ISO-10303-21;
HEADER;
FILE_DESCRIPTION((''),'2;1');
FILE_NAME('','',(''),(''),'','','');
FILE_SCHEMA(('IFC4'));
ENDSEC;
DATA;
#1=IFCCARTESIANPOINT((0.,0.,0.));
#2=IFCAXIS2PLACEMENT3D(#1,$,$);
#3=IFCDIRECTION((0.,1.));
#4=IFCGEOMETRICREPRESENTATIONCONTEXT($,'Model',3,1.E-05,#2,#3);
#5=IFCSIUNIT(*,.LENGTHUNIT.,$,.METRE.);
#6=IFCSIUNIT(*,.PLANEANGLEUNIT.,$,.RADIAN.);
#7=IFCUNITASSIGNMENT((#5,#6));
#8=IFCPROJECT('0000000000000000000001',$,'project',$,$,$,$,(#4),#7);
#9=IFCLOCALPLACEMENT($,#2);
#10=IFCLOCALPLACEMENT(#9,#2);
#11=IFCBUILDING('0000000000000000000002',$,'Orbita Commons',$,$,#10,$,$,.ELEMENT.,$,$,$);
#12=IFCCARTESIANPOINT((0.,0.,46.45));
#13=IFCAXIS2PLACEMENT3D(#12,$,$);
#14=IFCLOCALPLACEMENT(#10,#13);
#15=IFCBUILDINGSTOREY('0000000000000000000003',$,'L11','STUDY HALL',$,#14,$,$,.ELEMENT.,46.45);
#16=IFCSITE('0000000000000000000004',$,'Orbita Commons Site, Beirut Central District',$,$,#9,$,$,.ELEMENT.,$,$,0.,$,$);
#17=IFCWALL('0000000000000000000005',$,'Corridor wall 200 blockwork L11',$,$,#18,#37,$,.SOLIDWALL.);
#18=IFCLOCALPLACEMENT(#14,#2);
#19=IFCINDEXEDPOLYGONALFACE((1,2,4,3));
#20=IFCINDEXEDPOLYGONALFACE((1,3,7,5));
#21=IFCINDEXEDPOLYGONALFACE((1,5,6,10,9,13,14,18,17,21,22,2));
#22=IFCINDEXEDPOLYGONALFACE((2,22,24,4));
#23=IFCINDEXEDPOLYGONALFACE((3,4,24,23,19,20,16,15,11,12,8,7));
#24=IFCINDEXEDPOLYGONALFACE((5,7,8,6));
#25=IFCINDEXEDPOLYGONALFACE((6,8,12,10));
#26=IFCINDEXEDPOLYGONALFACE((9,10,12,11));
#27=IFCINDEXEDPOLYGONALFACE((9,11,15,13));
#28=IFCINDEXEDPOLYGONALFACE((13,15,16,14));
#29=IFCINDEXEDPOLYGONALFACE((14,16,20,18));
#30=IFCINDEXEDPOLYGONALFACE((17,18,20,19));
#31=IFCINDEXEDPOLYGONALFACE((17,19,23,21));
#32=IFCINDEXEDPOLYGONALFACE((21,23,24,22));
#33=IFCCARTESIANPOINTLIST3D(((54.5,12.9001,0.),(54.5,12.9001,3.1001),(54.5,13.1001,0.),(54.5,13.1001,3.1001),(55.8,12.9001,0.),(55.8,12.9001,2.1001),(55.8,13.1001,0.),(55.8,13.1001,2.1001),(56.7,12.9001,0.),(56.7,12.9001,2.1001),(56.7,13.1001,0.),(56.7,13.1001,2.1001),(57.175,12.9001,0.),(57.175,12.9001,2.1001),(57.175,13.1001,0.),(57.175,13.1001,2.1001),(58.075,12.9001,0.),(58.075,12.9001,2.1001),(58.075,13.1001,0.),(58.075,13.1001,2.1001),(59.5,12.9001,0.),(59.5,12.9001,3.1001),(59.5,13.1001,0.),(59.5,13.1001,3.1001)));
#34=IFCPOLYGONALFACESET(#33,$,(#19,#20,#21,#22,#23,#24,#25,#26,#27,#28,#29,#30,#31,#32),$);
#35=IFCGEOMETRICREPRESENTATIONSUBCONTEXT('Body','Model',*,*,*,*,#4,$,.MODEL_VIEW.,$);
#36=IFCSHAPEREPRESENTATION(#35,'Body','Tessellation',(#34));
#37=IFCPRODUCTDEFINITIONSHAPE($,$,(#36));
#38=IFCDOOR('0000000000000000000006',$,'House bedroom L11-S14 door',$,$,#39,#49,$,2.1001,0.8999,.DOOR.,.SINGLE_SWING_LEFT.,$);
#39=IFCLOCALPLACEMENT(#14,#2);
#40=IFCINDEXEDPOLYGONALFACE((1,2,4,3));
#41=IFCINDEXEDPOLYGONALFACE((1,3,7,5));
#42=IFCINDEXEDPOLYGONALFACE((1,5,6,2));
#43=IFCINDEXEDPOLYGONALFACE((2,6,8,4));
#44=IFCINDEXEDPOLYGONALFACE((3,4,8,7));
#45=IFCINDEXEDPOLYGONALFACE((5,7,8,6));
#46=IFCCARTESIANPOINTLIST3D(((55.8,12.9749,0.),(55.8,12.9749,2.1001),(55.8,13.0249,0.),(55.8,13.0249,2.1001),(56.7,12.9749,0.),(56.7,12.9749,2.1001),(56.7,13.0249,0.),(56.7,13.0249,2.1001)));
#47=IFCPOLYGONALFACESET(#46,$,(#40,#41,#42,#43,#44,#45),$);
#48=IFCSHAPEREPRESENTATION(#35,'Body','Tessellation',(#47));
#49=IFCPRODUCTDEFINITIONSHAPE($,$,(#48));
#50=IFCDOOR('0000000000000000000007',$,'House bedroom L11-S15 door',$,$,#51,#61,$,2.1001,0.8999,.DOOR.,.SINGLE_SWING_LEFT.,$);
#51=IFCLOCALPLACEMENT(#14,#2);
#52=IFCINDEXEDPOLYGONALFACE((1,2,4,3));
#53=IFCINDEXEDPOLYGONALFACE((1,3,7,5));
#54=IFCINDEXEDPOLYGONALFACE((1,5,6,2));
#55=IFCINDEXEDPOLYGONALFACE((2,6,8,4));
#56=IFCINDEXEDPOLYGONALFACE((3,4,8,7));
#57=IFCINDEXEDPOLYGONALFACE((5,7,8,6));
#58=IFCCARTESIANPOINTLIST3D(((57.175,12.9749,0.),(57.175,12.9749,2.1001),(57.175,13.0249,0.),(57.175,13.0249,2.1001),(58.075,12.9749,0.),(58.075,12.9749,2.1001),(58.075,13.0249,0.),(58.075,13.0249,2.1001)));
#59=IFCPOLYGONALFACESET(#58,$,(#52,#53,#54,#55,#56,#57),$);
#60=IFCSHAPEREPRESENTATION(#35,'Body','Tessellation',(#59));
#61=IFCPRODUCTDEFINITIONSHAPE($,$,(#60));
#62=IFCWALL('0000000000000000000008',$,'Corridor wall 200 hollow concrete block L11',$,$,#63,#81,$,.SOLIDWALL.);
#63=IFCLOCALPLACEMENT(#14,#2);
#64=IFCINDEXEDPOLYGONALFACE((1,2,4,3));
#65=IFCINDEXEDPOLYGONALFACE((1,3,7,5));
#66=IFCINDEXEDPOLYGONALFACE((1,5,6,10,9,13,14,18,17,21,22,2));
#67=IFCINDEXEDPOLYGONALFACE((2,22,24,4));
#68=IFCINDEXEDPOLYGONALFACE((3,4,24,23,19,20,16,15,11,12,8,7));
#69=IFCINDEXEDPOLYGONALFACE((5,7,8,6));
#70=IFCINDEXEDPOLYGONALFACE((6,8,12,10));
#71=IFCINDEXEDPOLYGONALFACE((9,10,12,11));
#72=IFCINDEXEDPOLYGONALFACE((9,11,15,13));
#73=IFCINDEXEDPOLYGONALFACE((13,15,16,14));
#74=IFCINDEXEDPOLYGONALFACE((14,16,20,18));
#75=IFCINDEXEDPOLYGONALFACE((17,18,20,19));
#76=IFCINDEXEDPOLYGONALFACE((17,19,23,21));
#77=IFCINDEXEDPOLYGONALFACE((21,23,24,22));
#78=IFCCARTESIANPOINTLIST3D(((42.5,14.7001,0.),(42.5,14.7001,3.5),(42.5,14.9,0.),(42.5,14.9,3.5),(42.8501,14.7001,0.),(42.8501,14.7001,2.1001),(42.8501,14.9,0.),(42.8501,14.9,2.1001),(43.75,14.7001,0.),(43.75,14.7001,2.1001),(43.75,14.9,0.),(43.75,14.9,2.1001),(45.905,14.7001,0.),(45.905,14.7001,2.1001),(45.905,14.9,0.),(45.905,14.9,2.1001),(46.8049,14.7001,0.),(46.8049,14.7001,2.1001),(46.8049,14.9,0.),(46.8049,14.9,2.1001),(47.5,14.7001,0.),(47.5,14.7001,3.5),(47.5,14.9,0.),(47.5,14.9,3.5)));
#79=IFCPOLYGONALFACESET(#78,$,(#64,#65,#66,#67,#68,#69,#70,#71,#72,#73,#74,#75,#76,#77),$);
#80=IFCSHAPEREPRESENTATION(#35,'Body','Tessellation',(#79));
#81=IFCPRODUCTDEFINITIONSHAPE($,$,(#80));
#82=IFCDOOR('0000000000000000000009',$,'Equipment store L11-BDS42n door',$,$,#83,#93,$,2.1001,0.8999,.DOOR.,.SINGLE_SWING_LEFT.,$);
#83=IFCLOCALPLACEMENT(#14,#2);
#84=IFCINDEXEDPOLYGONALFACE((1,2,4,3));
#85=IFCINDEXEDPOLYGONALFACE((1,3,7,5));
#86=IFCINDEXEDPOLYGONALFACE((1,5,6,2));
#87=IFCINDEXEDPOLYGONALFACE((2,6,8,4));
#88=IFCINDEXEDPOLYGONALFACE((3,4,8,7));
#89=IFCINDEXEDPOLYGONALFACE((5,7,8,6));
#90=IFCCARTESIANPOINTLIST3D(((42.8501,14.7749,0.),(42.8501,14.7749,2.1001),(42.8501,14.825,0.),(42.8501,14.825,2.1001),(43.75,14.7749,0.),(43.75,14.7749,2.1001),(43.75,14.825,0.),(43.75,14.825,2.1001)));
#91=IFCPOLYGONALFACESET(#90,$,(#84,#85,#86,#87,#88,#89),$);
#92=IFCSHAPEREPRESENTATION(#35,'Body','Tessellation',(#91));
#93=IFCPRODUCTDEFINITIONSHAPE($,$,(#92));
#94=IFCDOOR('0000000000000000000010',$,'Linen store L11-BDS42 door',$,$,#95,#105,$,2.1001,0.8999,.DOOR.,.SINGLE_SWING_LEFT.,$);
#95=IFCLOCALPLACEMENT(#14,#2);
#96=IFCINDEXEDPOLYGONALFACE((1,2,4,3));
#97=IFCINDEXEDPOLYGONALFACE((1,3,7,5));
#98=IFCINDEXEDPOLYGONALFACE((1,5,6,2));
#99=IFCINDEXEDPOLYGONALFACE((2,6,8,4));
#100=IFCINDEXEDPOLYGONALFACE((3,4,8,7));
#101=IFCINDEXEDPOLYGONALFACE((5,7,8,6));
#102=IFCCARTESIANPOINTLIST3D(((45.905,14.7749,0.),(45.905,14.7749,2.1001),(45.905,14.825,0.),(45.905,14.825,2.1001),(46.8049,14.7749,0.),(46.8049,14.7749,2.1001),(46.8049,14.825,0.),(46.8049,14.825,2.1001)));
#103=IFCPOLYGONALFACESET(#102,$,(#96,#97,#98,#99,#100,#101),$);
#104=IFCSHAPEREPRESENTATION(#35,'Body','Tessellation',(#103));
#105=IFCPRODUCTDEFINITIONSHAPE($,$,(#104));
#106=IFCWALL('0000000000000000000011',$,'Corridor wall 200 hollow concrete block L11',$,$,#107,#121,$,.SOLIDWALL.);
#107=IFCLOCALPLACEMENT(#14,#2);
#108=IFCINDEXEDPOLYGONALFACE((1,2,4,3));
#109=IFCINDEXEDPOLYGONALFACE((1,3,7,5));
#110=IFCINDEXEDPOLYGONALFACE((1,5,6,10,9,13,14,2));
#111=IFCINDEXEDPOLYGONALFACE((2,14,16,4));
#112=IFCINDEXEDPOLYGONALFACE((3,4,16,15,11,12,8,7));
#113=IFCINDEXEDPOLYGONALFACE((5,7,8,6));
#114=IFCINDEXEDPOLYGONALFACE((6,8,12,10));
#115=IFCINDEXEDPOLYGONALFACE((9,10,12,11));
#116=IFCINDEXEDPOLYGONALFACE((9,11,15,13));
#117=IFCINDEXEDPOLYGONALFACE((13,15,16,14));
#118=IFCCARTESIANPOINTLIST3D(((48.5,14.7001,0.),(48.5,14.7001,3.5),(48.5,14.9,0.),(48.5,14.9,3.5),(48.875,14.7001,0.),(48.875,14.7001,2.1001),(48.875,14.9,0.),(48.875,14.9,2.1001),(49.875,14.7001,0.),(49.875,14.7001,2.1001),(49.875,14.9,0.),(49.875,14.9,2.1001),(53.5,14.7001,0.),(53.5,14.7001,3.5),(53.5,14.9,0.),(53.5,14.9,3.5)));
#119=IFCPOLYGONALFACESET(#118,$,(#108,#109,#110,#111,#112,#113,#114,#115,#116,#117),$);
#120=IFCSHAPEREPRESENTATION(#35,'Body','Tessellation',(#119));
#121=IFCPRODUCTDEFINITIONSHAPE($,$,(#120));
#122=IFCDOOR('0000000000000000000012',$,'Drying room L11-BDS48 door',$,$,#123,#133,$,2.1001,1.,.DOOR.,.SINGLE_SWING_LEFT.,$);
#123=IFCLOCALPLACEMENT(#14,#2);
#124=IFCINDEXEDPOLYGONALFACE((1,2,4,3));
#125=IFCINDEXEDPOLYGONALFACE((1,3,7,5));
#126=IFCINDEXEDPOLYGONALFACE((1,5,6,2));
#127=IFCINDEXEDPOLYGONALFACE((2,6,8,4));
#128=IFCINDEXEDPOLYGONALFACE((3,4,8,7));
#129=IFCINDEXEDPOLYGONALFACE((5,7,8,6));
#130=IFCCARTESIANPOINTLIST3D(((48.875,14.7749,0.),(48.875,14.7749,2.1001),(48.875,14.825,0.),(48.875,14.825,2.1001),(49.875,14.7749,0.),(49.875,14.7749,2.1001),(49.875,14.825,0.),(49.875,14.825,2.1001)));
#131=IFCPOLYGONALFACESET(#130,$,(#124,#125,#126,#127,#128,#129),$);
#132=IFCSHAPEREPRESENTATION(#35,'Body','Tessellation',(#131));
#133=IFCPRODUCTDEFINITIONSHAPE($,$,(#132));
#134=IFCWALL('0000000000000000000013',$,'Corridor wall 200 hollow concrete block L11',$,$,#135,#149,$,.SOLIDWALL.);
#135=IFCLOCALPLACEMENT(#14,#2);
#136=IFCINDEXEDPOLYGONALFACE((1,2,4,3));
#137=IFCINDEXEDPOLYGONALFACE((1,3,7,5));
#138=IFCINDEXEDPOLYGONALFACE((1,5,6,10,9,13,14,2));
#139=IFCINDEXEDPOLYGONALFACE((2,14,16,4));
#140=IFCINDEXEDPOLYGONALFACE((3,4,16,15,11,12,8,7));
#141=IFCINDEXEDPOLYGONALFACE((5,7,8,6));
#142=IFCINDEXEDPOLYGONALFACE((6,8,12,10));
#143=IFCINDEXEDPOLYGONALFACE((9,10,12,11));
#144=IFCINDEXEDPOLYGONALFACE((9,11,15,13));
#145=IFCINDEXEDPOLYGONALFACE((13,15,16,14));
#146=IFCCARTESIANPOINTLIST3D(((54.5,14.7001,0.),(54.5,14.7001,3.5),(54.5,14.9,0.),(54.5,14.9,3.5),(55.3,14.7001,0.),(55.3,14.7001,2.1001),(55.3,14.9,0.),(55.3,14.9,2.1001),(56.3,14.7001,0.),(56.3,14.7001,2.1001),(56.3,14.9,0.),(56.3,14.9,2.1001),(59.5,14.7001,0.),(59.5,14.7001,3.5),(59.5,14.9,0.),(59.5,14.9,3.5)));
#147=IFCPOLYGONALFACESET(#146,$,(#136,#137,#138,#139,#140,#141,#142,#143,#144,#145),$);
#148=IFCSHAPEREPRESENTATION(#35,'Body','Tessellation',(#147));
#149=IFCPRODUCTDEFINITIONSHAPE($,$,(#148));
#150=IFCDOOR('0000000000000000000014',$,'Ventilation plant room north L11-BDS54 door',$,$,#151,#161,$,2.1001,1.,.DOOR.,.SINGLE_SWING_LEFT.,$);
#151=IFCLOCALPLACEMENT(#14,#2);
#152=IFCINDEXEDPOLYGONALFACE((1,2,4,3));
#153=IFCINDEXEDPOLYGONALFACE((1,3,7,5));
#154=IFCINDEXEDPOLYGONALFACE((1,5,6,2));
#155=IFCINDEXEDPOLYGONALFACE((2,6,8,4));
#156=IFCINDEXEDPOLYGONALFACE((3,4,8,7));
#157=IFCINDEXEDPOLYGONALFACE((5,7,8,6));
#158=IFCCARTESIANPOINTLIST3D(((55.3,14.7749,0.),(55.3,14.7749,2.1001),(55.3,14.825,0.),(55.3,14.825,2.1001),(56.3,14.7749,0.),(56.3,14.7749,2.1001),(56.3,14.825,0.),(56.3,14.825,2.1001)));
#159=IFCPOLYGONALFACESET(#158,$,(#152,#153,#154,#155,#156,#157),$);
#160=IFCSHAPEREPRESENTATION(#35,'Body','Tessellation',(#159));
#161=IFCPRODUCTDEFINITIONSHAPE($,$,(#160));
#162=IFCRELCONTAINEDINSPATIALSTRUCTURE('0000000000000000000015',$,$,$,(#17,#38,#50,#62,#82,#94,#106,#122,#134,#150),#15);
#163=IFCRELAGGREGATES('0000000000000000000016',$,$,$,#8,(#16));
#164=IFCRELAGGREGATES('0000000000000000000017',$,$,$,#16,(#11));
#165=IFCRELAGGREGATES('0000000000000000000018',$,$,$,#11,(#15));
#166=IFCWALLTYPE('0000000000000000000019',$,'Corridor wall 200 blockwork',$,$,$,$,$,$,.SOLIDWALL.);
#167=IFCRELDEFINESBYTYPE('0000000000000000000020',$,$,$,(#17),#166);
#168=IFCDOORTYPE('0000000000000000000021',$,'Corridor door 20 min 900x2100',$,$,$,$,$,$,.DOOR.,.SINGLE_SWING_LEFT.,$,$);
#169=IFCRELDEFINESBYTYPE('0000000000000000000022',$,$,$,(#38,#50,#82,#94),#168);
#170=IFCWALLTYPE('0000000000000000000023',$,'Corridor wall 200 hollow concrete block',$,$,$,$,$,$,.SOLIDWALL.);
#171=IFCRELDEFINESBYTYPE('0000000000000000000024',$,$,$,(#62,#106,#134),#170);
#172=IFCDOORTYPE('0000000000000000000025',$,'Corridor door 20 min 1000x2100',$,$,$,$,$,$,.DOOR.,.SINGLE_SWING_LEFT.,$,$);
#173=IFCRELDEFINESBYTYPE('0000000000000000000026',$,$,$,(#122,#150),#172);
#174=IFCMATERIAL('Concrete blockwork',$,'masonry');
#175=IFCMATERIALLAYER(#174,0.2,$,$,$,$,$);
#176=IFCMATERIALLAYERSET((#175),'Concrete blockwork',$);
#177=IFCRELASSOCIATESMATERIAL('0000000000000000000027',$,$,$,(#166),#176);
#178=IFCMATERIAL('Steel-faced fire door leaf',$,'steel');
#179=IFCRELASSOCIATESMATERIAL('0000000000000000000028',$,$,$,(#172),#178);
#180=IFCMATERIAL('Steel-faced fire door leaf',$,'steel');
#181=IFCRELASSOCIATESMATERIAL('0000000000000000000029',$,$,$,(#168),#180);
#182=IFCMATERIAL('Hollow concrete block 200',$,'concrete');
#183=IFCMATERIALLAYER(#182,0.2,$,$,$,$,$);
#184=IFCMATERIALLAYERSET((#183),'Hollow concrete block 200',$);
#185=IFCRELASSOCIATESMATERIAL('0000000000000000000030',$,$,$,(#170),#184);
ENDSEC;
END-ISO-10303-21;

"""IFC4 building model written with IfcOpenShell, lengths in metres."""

from ifc_helpers import new_model, si_unit, direction, frame, frame_2d, origin, place, context, subcontext, project, spatial, polyline, rectangle, outline, extrude, material, layer, layer_set, type_object, element, fill, save


model = new_model("IFC4")

# Units and contexts
model_context = context("Model", 3, precision=1e-05, world=origin(), true_north=direction((0.0, 1.0)))
body_context = subcontext(model_context, "Body", "Model", "MODEL_VIEW")
ifc_project = project(units=[si_unit("LENGTHUNIT", "METRE"), si_unit("PLANEANGLEUNIT", "RADIAN")], contexts=[model_context])

# Site, building, storey
site_placement = place(None, origin())
site = spatial("IfcSite", under=ifc_project, at=site_placement, Name="Orbita Commons Site, Beirut Central District", CompositionType="ELEMENT", RefElevation=0.0)
building_placement = place(site_placement, origin())
building = spatial("IfcBuilding", under=site, at=building_placement, Name="Orbita Commons", CompositionType="ELEMENT")
storey_placement = place(building_placement, frame((0.0, 0.0, 46.45)))
storey = spatial("IfcBuildingStorey", under=building, at=storey_placement, Name="L11", Description="STUDY HALL", CompositionType="ELEMENT", Elevation=46.45)

# Shared definitions
ifc_material_1 = material(Name="Concrete blockwork", Category="masonry")
ifc_layer_1 = layer(ifc_material_1, 0.2)
ifc_layer_set_1 = layer_set([ifc_layer_1], Name="Concrete blockwork")
wall_type_1 = type_object("IfcWallType", Name="Corridor wall 200 blockwork", PredefinedType="SOLIDWALL", material=ifc_layer_set_1)
ifc_material_2 = material(Name="Steel-faced fire door leaf", Category="steel")
door_type_1 = type_object("IfcDoorType", Name="Corridor door 20 min 1000x2100", OperationType="SINGLE_SWING_LEFT", PredefinedType="DOOR", material=ifc_material_2)

# Walls, openings, doors
wall_1_placement = place(storey_placement, frame((54.5, 13.0, 0.0), z_axis=(0.0, 0.0, 1.0), x_axis=(1.0, 0.0, 0.0)))
wall_1 = element("IfcWall", 1, at=wall_1_placement, inside=storey, type_object=wall_type_1, Name="Corridor wall 200 blockwork L11", PredefinedType="SOLIDWALL", context=body_context, shape_type="SweptSolid", body=[
    extrude(outline(polyline([(0.0, 0.0), (5.0, 0.0), (5.0, 3.1001), (0.0, 3.1001), (0.0, 0.0)])), frame((0.0, 0.1001, 0.0), z_axis=(0.0, -1.0, 0.0), x_axis=(1.0, 0.0, 0.0)), (0.0, 0.0, 1.0), 0.2),
])
opening_1_placement = place(wall_1_placement, frame((1.3, 0.0, 0.0)))
opening_1 = element("IfcOpeningElement", 2, at=opening_1_placement, cuts=wall_1, PredefinedType="OPENING", context=body_context, shape_type="SweptSolid", body=[
    extrude(rectangle(XDim=0.8999, YDim=2.1001, at=frame_2d((0.45, 1.05))), frame((0.0, 0.1099, 0.0), z_axis=(0.0, -1.0, 0.0), x_axis=(1.0, 0.0, 0.0)), (0.0, 0.0, 1.0), 0.22),
])
opening_2_placement = place(wall_1_placement, frame((2.675, 0.0, 0.0)))
opening_2 = element("IfcOpeningElement", 3, at=opening_2_placement, cuts=wall_1, PredefinedType="OPENING", context=body_context, shape_type="SweptSolid", body=[
    extrude(rectangle(XDim=0.8999, YDim=2.1001, at=frame_2d((0.45, 1.05))), frame((0.0, 0.1099, 0.0), z_axis=(0.0, -1.0, 0.0), x_axis=(1.0, 0.0, 0.0)), (0.0, 0.0, 1.0), 0.22),
])
ifc_material_3 = material(Name="Steel-faced fire door leaf", Category="steel")
door_type_2 = type_object("IfcDoorType", Name="Corridor door 20 min 900x2100", OperationType="SINGLE_SWING_LEFT", PredefinedType="DOOR", material=ifc_material_3)
door_1_placement = place(opening_1_placement, origin())
door_1 = element("IfcDoor", 4, at=door_1_placement, inside=storey, type_object=door_type_2, Name="House bedroom L11-S14 door", OperationType="SINGLE_SWING_LEFT", OverallHeight=2.1001, OverallWidth=0.8999, PredefinedType="DOOR", context=body_context, shape_type="SweptSolid", body=[
    extrude(rectangle(XDim=0.8999, YDim=2.1001, at=frame_2d((0.45, 1.05))), frame((0.0, 0.0249, 0.0), z_axis=(0.0, -1.0, 0.0), x_axis=(1.0, 0.0, 0.0)), (0.0, 0.0, 1.0), 0.05),
])
fill(opening_1, door_1)
door_2_placement = place(opening_2_placement, origin())
door_2 = element("IfcDoor", 5, at=door_2_placement, inside=storey, type_object=door_type_2, Name="House bedroom L11-S15 door", OperationType="SINGLE_SWING_LEFT", OverallHeight=2.1001, OverallWidth=0.8999, PredefinedType="DOOR", context=body_context, shape_type="SweptSolid", body=[
    extrude(rectangle(XDim=0.8999, YDim=2.1001, at=frame_2d((0.45, 1.05))), frame((0.0, 0.0249, 0.0), z_axis=(0.0, -1.0, 0.0), x_axis=(1.0, 0.0, 0.0)), (0.0, 0.0, 1.0), 0.05),
])
fill(opening_2, door_2)
ifc_material_4 = material(Name="Hollow concrete block 200", Category="concrete")
ifc_layer_2 = layer(ifc_material_4, 0.2)
ifc_layer_set_2 = layer_set([ifc_layer_2], Name="Hollow concrete block 200")
wall_type_2 = type_object("IfcWallType", Name="Corridor wall 200 hollow concrete block", PredefinedType="SOLIDWALL", material=ifc_layer_set_2)
wall_2_placement = place(storey_placement, frame((42.5, 14.8, 0.0), z_axis=(0.0, 0.0, 1.0), x_axis=(1.0, 0.0, 0.0)))
wall_2 = element("IfcWall", 6, at=wall_2_placement, inside=storey, type_object=wall_type_2, Name="Corridor wall 200 hollow concrete block L11", PredefinedType="SOLIDWALL", context=body_context, shape_type="SweptSolid", body=[
    extrude(rectangle(XDim=5.0, YDim=0.2, at=frame_2d((2.5, 0.0))), origin(), (0.0, 0.0, 1.0), 3.5),
])
opening_3_placement = place(wall_2_placement, frame((0.3501, 0.0, 0.0)))
opening_3 = element("IfcOpeningElement", 7, at=opening_3_placement, cuts=wall_2, PredefinedType="OPENING", context=body_context, shape_type="SweptSolid", body=[
    extrude(rectangle(XDim=0.8999, YDim=2.1001, at=frame_2d((0.45, 1.05))), frame((0.0, 0.1099, 0.0), z_axis=(0.0, -1.0, 0.0), x_axis=(1.0, 0.0, 0.0)), (0.0, 0.0, 1.0), 0.22),
])
opening_4_placement = place(wall_2_placement, frame((3.405, 0.0, 0.0)))
opening_4 = element("IfcOpeningElement", 8, at=opening_4_placement, cuts=wall_2, PredefinedType="OPENING", context=body_context, shape_type="SweptSolid", body=[
    extrude(rectangle(XDim=0.8999, YDim=2.1001, at=frame_2d((0.45, 1.05))), frame((0.0, 0.1099, 0.0), z_axis=(0.0, -1.0, 0.0), x_axis=(1.0, 0.0, 0.0)), (0.0, 0.0, 1.0), 0.22),
])
door_3_placement = place(opening_3_placement, origin())
door_3 = element("IfcDoor", 9, at=door_3_placement, inside=storey, type_object=door_type_2, Name="Equipment store L11-BDS42n door", OperationType="SINGLE_SWING_LEFT", OverallHeight=2.1001, OverallWidth=0.8999, PredefinedType="DOOR", context=body_context, shape_type="SweptSolid", body=[
    extrude(rectangle(XDim=0.8999, YDim=2.1001, at=frame_2d((0.45, 1.05))), frame((0.0, 0.0249, 0.0), z_axis=(0.0, -1.0, 0.0), x_axis=(1.0, 0.0, 0.0)), (0.0, 0.0, 1.0), 0.05),
])
fill(opening_3, door_3)
door_4_placement = place(opening_4_placement, origin())
door_4 = element("IfcDoor", 10, at=door_4_placement, inside=storey, type_object=door_type_2, Name="Linen store L11-BDS42 door", OperationType="SINGLE_SWING_LEFT", OverallHeight=2.1001, OverallWidth=0.8999, PredefinedType="DOOR", context=body_context, shape_type="SweptSolid", body=[
    extrude(rectangle(XDim=0.8999, YDim=2.1001, at=frame_2d((0.45, 1.05))), frame((0.0, 0.0249, 0.0), z_axis=(0.0, -1.0, 0.0), x_axis=(1.0, 0.0, 0.0)), (0.0, 0.0, 1.0), 0.05),
])
fill(opening_4, door_4)

# Walls, openings, doors
wall_3_placement = place(storey_placement, frame((48.5, 14.8, 0.0), z_axis=(0.0, 0.0, 1.0), x_axis=(1.0, 0.0, 0.0)))
wall_3 = element("IfcWall", 11, at=wall_3_placement, inside=storey, type_object=wall_type_2, Name="Corridor wall 200 hollow concrete block L11", PredefinedType="SOLIDWALL", context=body_context, shape_type="SweptSolid", body=[
    extrude(rectangle(XDim=5.0, YDim=0.2, at=frame_2d((2.5, 0.0))), origin(), (0.0, 0.0, 1.0), 3.5),
])
opening_5_placement = place(wall_3_placement, frame((0.375, 0.0, 0.0)))
opening_5 = element("IfcOpeningElement", 12, at=opening_5_placement, cuts=wall_3, PredefinedType="OPENING", context=body_context, shape_type="SweptSolid", body=[
    extrude(rectangle(XDim=1.0, YDim=2.1001, at=frame_2d((0.5, 1.05))), frame((0.0, 0.1099, 0.0), z_axis=(0.0, -1.0, 0.0), x_axis=(1.0, 0.0, 0.0)), (0.0, 0.0, 1.0), 0.22),
])
door_5_placement = place(opening_5_placement, origin())
door_5 = element("IfcDoor", 13, at=door_5_placement, inside=storey, type_object=door_type_1, Name="Drying room L11-BDS48 door", OperationType="SINGLE_SWING_LEFT", OverallHeight=2.1001, OverallWidth=1.0, PredefinedType="DOOR", context=body_context, shape_type="SweptSolid", body=[
    extrude(rectangle(XDim=1.0, YDim=2.1001, at=frame_2d((0.5, 1.05))), frame((0.0, 0.0249, 0.0), z_axis=(0.0, -1.0, 0.0), x_axis=(1.0, 0.0, 0.0)), (0.0, 0.0, 1.0), 0.05),
])
fill(opening_5, door_5)
wall_4_placement = place(storey_placement, frame((54.5, 14.8, 0.0), z_axis=(0.0, 0.0, 1.0), x_axis=(1.0, 0.0, 0.0)))
wall_4 = element("IfcWall", 14, at=wall_4_placement, inside=storey, type_object=wall_type_2, Name="Corridor wall 200 hollow concrete block L11", PredefinedType="SOLIDWALL", context=body_context, shape_type="SweptSolid", body=[
    extrude(rectangle(XDim=5.0, YDim=0.2, at=frame_2d((2.5, 0.0))), origin(), (0.0, 0.0, 1.0), 3.5),
])
opening_6_placement = place(wall_4_placement, frame((0.8, 0.0, 0.0)))
opening_6 = element("IfcOpeningElement", 15, at=opening_6_placement, cuts=wall_4, PredefinedType="OPENING", context=body_context, shape_type="SweptSolid", body=[
    extrude(rectangle(XDim=1.0, YDim=2.1001, at=frame_2d((0.5, 1.05))), frame((0.0, 0.1099, 0.0), z_axis=(0.0, -1.0, 0.0), x_axis=(1.0, 0.0, 0.0)), (0.0, 0.0, 1.0), 0.22),
])
door_6_placement = place(opening_6_placement, origin())
door_6 = element("IfcDoor", 16, at=door_6_placement, inside=storey, type_object=door_type_1, Name="Ventilation plant room north L11-BDS54 door", OperationType="SINGLE_SWING_LEFT", OverallHeight=2.1001, OverallWidth=1.0, PredefinedType="DOOR", context=body_context, shape_type="SweptSolid", body=[
    extrude(rectangle(XDim=1.0, YDim=2.1001, at=frame_2d((0.5, 1.05))), frame((0.0, 0.0249, 0.0), z_axis=(0.0, -1.0, 0.0), x_axis=(1.0, 0.0, 0.0)), (0.0, 0.0, 1.0), 0.05),
])
fill(opening_6, door_6)

save(model, "model.ifc")
